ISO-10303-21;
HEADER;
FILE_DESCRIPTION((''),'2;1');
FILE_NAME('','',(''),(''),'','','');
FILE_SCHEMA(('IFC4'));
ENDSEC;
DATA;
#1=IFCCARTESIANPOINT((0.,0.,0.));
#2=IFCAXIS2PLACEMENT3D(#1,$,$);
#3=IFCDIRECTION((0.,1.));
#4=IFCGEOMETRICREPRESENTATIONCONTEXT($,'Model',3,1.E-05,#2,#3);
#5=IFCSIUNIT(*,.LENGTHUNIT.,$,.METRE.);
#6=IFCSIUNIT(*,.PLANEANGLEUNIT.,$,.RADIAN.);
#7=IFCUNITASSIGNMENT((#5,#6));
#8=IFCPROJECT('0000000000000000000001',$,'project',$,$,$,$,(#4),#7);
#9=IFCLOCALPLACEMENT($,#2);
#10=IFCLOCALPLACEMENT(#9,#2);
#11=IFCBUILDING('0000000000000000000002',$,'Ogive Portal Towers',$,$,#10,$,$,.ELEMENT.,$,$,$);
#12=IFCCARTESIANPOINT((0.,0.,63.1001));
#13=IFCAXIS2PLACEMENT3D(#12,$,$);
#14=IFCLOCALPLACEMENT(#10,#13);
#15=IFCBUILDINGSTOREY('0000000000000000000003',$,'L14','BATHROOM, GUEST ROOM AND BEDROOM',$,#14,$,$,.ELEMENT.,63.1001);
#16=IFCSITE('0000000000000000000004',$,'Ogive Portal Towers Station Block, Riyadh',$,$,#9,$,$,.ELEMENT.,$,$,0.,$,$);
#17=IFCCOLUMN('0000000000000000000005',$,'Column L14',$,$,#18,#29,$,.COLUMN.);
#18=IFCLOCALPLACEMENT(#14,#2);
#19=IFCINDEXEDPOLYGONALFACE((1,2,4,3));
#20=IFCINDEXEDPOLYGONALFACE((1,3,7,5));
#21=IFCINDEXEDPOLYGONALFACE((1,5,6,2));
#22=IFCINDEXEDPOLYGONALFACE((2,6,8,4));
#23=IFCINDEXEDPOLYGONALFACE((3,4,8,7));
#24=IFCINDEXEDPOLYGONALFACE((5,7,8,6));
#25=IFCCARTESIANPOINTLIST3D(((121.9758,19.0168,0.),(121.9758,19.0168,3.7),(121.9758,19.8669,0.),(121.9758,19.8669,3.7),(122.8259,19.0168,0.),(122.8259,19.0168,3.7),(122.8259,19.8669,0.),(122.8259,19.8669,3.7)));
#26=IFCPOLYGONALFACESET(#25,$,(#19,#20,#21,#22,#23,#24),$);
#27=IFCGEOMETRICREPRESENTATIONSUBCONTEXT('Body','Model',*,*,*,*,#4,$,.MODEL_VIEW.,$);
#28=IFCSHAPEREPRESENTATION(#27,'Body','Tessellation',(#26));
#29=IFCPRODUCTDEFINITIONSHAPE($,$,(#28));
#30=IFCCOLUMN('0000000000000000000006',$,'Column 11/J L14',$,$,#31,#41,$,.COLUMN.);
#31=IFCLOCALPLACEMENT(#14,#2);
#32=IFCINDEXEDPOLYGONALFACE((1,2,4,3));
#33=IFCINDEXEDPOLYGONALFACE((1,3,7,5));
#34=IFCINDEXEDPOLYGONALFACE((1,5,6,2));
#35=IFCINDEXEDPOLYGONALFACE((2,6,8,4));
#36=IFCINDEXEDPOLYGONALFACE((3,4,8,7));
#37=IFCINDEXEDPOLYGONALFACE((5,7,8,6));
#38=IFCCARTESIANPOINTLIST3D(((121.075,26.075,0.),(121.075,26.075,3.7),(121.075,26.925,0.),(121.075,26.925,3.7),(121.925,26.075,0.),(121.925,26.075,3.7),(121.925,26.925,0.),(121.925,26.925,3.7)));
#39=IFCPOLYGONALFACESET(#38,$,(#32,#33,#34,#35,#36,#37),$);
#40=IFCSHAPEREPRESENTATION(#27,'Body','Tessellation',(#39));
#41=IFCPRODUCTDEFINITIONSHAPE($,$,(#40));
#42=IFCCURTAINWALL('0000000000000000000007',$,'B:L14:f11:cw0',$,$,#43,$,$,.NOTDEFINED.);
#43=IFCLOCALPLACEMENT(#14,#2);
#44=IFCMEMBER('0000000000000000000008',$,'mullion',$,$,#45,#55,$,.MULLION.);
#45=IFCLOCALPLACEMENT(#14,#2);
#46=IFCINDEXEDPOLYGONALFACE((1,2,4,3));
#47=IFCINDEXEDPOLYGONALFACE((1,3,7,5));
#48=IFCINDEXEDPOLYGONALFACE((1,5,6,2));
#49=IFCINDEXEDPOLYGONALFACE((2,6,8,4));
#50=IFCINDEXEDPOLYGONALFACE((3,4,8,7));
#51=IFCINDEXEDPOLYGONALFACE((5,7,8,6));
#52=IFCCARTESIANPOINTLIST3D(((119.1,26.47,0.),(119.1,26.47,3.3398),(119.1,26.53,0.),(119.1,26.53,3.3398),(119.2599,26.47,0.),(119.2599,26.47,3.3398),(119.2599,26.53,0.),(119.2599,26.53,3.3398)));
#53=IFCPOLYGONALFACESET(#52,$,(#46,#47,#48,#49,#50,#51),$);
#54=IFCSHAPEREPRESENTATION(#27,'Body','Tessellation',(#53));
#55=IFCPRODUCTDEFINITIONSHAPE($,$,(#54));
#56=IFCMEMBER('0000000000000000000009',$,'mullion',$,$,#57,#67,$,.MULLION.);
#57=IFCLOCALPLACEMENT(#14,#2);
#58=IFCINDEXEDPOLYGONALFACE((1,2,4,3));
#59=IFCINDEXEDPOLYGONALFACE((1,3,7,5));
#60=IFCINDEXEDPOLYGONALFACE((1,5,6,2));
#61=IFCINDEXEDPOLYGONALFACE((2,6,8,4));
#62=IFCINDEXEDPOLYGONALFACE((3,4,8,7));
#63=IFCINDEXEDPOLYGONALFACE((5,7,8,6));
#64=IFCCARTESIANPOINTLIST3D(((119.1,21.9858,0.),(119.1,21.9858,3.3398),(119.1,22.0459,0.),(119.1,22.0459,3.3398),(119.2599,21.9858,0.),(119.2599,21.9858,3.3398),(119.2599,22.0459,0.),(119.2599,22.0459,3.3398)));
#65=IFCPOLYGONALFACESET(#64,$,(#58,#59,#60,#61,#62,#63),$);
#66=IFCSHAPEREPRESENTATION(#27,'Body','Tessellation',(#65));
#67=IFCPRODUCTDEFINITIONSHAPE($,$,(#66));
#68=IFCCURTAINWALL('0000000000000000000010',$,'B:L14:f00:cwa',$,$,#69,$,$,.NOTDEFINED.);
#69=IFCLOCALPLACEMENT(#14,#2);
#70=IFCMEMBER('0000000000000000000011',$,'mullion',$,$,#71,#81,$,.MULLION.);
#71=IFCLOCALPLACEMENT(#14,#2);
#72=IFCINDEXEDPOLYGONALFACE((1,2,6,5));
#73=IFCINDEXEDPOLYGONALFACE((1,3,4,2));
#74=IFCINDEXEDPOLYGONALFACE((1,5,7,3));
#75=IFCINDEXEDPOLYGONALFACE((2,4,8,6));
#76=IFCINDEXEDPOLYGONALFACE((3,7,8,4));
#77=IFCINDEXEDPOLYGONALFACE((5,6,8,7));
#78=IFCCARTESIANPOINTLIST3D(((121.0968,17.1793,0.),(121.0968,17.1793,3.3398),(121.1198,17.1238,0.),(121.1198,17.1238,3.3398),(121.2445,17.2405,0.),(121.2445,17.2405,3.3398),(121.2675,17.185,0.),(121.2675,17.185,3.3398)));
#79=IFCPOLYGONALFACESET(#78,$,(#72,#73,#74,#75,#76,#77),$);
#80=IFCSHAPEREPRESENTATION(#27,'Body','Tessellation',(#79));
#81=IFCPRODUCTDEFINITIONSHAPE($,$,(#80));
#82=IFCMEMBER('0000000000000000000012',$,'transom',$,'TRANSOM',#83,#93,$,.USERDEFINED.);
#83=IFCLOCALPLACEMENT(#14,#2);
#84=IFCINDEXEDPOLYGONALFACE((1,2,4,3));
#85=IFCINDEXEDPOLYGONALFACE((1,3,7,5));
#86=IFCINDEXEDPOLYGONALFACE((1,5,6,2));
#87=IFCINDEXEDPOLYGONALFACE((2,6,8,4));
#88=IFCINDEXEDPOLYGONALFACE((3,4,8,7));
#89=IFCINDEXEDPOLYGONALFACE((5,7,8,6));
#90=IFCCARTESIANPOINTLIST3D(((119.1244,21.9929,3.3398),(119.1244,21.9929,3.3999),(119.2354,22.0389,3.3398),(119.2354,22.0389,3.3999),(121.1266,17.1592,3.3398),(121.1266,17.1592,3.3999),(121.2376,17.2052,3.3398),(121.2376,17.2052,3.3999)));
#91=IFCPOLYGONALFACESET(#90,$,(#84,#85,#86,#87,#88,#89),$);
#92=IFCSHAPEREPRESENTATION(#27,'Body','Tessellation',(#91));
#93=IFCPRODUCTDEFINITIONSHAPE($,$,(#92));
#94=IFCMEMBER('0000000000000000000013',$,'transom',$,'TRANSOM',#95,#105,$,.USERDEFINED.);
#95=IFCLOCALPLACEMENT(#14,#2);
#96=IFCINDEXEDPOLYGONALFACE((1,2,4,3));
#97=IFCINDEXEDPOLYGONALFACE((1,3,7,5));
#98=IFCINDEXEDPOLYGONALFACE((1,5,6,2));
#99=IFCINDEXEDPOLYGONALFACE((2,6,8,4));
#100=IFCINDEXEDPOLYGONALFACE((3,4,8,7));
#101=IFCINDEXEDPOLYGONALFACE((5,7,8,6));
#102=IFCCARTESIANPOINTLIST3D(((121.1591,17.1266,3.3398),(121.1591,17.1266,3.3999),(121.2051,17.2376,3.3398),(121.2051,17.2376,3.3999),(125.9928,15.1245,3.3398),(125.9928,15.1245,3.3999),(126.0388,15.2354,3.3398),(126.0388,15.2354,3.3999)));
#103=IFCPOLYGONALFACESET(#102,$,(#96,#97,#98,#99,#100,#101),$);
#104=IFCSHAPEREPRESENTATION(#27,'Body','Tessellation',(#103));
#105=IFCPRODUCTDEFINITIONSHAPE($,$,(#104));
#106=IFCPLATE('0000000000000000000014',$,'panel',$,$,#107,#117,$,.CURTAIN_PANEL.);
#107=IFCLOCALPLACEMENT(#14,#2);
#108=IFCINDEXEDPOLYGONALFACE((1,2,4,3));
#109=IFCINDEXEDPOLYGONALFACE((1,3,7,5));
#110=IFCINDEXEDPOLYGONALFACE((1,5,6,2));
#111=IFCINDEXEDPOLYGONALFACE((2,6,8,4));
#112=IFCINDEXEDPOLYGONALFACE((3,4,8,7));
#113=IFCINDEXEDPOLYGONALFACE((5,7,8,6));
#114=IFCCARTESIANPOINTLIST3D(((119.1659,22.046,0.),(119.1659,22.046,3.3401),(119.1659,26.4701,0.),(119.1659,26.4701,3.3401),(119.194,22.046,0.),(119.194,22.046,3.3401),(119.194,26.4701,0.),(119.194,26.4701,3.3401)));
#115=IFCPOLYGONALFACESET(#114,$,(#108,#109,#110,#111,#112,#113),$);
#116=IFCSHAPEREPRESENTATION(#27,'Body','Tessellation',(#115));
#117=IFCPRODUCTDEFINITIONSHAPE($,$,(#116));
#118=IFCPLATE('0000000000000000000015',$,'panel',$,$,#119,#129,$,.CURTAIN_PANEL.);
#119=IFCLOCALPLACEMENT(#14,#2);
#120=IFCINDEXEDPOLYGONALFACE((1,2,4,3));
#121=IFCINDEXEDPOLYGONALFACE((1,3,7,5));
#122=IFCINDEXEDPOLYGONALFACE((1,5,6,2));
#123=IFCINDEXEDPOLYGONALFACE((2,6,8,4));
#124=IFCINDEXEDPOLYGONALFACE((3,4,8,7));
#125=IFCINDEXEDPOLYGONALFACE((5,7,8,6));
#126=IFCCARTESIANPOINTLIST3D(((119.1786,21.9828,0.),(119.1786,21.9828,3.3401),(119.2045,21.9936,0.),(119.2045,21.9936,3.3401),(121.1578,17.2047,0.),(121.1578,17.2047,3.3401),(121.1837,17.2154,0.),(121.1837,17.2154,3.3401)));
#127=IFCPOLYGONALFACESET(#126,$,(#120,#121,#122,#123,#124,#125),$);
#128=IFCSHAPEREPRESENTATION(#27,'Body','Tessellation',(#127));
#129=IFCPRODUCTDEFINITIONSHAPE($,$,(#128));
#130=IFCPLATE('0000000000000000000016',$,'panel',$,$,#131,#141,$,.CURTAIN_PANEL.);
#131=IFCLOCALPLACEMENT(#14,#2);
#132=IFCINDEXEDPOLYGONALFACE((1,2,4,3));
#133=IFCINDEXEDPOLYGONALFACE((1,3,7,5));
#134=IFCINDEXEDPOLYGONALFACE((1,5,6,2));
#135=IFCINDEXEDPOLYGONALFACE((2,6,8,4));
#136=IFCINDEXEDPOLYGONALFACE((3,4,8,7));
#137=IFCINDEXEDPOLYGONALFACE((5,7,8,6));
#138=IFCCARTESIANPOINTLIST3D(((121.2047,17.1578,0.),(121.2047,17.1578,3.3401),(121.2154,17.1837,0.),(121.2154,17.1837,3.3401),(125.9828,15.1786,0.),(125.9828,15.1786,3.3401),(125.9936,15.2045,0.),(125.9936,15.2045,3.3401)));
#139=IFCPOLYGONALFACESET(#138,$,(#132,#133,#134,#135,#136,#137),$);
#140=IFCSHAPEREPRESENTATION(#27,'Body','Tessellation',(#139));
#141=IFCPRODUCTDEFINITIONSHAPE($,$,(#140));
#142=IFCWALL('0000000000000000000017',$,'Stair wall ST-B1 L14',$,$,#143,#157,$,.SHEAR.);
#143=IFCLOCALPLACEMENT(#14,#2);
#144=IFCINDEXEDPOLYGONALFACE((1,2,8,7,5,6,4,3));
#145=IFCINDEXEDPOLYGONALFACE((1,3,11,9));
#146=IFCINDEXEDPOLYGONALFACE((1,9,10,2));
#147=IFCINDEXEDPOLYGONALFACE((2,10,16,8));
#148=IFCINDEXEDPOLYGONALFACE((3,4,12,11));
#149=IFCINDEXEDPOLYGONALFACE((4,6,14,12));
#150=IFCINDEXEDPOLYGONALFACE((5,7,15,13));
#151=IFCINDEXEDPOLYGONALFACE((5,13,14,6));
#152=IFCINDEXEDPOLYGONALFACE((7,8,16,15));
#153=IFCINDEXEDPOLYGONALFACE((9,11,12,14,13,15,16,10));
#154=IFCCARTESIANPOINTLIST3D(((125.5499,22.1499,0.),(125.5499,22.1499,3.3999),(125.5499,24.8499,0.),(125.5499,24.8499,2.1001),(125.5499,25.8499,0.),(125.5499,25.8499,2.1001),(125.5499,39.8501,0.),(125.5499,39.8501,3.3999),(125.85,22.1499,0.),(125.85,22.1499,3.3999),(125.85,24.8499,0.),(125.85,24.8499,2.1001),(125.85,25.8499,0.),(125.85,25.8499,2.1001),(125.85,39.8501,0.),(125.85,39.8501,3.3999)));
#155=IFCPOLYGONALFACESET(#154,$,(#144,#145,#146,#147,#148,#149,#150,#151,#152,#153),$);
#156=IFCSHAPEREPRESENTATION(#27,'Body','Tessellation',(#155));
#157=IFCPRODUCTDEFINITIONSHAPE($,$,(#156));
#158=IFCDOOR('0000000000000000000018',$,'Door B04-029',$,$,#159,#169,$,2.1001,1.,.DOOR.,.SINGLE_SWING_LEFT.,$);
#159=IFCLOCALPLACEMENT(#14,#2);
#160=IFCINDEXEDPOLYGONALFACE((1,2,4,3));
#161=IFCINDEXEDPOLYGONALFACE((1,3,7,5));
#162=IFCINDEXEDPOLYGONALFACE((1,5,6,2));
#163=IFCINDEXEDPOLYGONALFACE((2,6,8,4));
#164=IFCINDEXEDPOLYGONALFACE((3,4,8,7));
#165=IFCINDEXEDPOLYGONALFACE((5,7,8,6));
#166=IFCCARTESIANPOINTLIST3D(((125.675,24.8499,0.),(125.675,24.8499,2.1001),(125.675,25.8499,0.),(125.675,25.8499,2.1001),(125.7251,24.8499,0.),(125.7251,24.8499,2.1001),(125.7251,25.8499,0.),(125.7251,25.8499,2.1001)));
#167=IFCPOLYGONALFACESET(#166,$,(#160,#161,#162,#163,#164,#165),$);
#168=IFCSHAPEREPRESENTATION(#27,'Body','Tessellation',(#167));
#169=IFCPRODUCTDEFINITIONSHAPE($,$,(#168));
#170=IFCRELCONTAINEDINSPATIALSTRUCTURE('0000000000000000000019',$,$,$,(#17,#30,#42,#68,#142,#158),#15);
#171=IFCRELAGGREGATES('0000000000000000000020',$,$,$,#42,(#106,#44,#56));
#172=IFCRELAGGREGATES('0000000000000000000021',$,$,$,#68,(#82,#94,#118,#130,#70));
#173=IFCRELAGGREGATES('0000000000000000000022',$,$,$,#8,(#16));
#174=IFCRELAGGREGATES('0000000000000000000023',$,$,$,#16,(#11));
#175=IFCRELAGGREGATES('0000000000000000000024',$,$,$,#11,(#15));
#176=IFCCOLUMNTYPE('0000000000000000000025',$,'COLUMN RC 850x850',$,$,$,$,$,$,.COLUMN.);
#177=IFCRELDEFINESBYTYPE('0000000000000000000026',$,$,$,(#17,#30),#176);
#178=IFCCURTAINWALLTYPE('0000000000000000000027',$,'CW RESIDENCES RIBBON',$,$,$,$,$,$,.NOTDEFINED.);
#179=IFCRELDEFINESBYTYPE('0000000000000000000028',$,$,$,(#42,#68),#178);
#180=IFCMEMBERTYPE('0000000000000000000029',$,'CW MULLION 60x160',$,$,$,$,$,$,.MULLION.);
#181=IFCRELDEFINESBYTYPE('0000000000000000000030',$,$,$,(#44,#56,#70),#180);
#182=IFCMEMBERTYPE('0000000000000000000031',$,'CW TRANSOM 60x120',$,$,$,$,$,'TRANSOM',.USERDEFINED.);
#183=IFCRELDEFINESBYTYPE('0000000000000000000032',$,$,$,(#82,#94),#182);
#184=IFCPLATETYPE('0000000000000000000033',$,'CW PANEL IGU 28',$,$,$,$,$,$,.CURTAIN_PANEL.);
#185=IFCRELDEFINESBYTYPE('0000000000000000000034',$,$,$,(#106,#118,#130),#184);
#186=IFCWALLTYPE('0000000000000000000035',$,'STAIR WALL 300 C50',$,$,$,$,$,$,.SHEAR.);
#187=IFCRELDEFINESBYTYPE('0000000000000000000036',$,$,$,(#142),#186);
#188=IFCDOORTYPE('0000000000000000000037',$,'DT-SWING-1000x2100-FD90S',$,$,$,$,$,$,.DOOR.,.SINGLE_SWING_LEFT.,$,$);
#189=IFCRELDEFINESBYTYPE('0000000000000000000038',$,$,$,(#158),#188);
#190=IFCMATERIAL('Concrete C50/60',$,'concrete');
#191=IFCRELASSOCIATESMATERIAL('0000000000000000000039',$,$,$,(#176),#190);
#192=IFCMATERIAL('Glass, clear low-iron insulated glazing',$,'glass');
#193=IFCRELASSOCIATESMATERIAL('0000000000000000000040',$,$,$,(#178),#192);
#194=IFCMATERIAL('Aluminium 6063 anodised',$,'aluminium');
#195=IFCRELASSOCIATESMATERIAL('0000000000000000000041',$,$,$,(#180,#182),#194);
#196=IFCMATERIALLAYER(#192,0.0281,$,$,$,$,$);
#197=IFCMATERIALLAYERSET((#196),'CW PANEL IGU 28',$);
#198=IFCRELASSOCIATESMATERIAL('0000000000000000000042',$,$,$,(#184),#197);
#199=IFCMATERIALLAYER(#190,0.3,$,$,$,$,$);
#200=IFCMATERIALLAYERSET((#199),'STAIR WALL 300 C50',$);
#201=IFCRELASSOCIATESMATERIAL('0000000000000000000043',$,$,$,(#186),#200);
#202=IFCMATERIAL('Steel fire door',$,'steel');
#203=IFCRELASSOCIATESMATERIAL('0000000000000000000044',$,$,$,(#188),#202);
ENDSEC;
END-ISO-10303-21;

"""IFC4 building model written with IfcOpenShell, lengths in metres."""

from ifc_helpers import new_model, si_unit, direction, frame, frame_2d, origin, origin_2d, place, context, subcontext, project, spatial, rectangle, extrude, material, layer, layer_set, material_profile, profile_set, type_object, element, fill, aggregate, save


model = new_model("IFC4")

# Units and contexts
model_context = context("Model", 3, precision=1e-05, world=origin(), true_north=direction((0.0, 1.0)))
body_context = subcontext(model_context, "Body", "Model", "MODEL_VIEW")
ifc_project = project(units=[si_unit("LENGTHUNIT", "METRE"), si_unit("PLANEANGLEUNIT", "RADIAN")], contexts=[model_context])

# Site, building, storey
site_placement = place(None, origin())
site = spatial("IfcSite", under=ifc_project, at=site_placement, Name="Ogive Portal Towers Station Block, Riyadh", CompositionType="ELEMENT", RefElevation=0.0)
building_placement = place(site_placement, origin())
building = spatial("IfcBuilding", under=site, at=building_placement, Name="Ogive Portal Towers", CompositionType="ELEMENT")
storey_placement = place(building_placement, frame((0.0, 0.0, 63.1001)))
storey = spatial("IfcBuildingStorey", under=building, at=storey_placement, Name="L14", Description="BATHROOM, GUEST ROOM AND BEDROOM", CompositionType="ELEMENT", Elevation=63.1001)

# Columns
ifc_material_1 = material(Name="Concrete C50/60", Category="concrete")
ifc_material_profile_1 = material_profile(ifc_material_1, rectangle(XDim=0.8501, YDim=0.8501, at=origin_2d()), Name="RC 850x850")
ifc_profile_set_1 = profile_set([ifc_material_profile_1], Name="Concrete C50/60")
column_type = type_object("IfcColumnType", Name="COLUMN RC 850x850", PredefinedType="COLUMN", material=ifc_profile_set_1)
for number, where, z_axis, x_axis, name in (
    (1, (122.4009, 19.4419, 0.0), (0.0, 0.0, 1.0), (1.0, 0.0, 0.0), "Column L14"),
    (2, (121.5, 26.5, 0.0), (0.0, 0.0, 1.0), (1.0, 0.0, 0.0), "Column 11/J L14"),
):
    element("IfcColumn", number, at=place(storey_placement, frame(where, z_axis=z_axis, x_axis=x_axis)), inside=storey, type_object=column_type, Name=name, PredefinedType="COLUMN", context=body_context, shape_type="SweptSolid", body=[
        extrude(rectangle(XDim=0.8501, YDim=0.8501, at=origin_2d()), origin(), (0.0, 0.0, 1.0), 3.7),
    ])

# Curtain walls, members
ifc_material_2 = material(Name="Glass, clear low-iron insulated glazing", Category="glass")
curtain_wall_type = type_object("IfcCurtainWallType", Name="CW RESIDENCES RIBBON", PredefinedType="NOTDEFINED", material=ifc_material_2)
curtain_wall_1_placement = place(storey_placement, origin())
curtain_wall_1 = element("IfcCurtainWall", 3, at=curtain_wall_1_placement, inside=storey, type_object=curtain_wall_type, Name="B:L14:f11:cw0", PredefinedType="NOTDEFINED")
ifc_material_3 = material(Name="Aluminium 6063 anodised", Category="aluminium")
ifc_material_profile_2 = material_profile(ifc_material_3, rectangle(XDim=0.1599, YDim=0.0601, at=origin_2d()), Name="AL 60x160")
ifc_profile_set_2 = profile_set([ifc_material_profile_2], Name="Aluminium 6063 anodised")
member_type_1 = type_object("IfcMemberType", Name="CW MULLION 60x160", PredefinedType="MULLION", material=ifc_profile_set_2)
member_1_placement = place(storey_placement, frame((119.1799, 26.5, 0.0), z_axis=(0.0, 0.0, 1.0), x_axis=(1.0, 0.0, 0.0)))
member_1 = element("IfcMember", 4, at=member_1_placement, type_object=member_type_1, Name="mullion", PredefinedType="MULLION", context=body_context, shape_type="SweptSolid", body=[
    extrude(rectangle(XDim=0.1599, YDim=0.0601, at=origin_2d()), origin(), (0.0, 0.0, 1.0), 3.3398),
])
member_2_placement = place(storey_placement, frame((119.1799, 22.0159, 0.0), z_axis=(0.0, 0.0, 1.0), x_axis=(1.0, 0.0, 0.0)))
member_2 = element("IfcMember", 5, at=member_2_placement, type_object=member_type_1, Name="mullion", PredefinedType="MULLION", context=body_context, shape_type="SweptSolid", body=[
    extrude(rectangle(XDim=0.1599, YDim=0.0601, at=origin_2d()), origin(), (0.0, 0.0, 1.0), 3.3398),
])
curtain_wall_2_placement = place(storey_placement, origin())
curtain_wall_2 = element("IfcCurtainWall", 6, at=curtain_wall_2_placement, inside=storey, type_object=curtain_wall_type, Name="B:L14:f00:cwa", PredefinedType="NOTDEFINED")
member_3_placement = place(storey_placement, frame((121.1821, 17.1821, 0.0), z_axis=(0.0, 0.0, 1.0), x_axis=(0.92388, 0.382683, 0.0)))
member_3 = element("IfcMember", 7, at=member_3_placement, type_object=member_type_1, Name="mullion", PredefinedType="MULLION", context=body_context, shape_type="SweptSolid", body=[
    extrude(rectangle(XDim=0.1599, YDim=0.0601, at=origin_2d()), origin(), (0.0, 0.0, 1.0), 3.3398),
])
ifc_material_profile_3 = material_profile(ifc_material_3, rectangle(XDim=0.1201, YDim=0.0601, at=origin_2d()), Name="AL 120x60")
ifc_profile_set_3 = profile_set([ifc_material_profile_3], Name="Aluminium 6063 anodised")
member_type_2 = type_object("IfcMemberType", Name="CW TRANSOM 60x120", ElementType="TRANSOM", PredefinedType="USERDEFINED", material=ifc_profile_set_3)
member_4_placement = place(storey_placement, frame((119.1799, 22.0159, 3.3699), z_axis=(0.382683, -0.92388, 0.0), x_axis=(0.92388, 0.382683, 0.0)))
member_4 = element("IfcMember", 8, at=member_4_placement, type_object=member_type_2, Name="transom", ObjectType="TRANSOM", PredefinedType="USERDEFINED", context=body_context, shape_type="SweptSolid", body=[
    extrude(rectangle(XDim=0.1201, YDim=0.0601, at=origin_2d()), origin(), (0.0, 0.0, 1.0), 5.2319),
])
member_5_placement = place(storey_placement, frame((121.1821, 17.1821, 3.3699), z_axis=(0.92388, -0.382683, 0.0), x_axis=(0.382683, 0.92388, 0.0)))
member_5 = element("IfcMember", 9, at=member_5_placement, type_object=member_type_2, Name="transom", ObjectType="TRANSOM", PredefinedType="USERDEFINED", context=body_context, shape_type="SweptSolid", body=[
    extrude(rectangle(XDim=0.1201, YDim=0.0601, at=origin_2d()), origin(), (0.0, 0.0, 1.0), 5.2319),
])

# Plates
ifc_layer_1 = layer(ifc_material_2, 0.0281)
ifc_layer_set_1 = layer_set([ifc_layer_1], Name="CW PANEL IGU 28")
plate_type = type_object("IfcPlateType", Name="CW PANEL IGU 28", PredefinedType="CURTAIN_PANEL", material=ifc_layer_set_1)
plate_1_placement = place(storey_placement, frame((119.1799, 24.2581, 0.0), z_axis=(0.0, 0.0, 1.0), x_axis=(0.0, -1.0, 0.0)))
plate_1 = element("IfcPlate", 10, at=plate_1_placement, type_object=plate_type, Name="panel", PredefinedType="CURTAIN_PANEL", context=body_context, shape_type="SweptSolid", body=[
    extrude(rectangle(XDim=4.4241, YDim=0.0281, at=origin_2d()), origin(), (0.0, 0.0, 1.0), 3.3401),
])
aggregate(curtain_wall_1, [plate_1, member_1, member_2])
plate_2_placement = place(storey_placement, frame((120.1812, 19.5991, 0.0), z_axis=(0.0, 0.0, 1.0), x_axis=(0.382683, -0.92388, 0.0)))
plate_2 = element("IfcPlate", 11, at=plate_2_placement, type_object=plate_type, Name="panel", PredefinedType="CURTAIN_PANEL", context=body_context, shape_type="SweptSolid", body=[
    extrude(rectangle(XDim=5.1719, YDim=0.0281, at=origin_2d()), origin(), (0.0, 0.0, 1.0), 3.3401),
])
plate_3_placement = place(storey_placement, frame((123.5991, 16.1812, 0.0), z_axis=(0.0, 0.0, 1.0), x_axis=(0.92388, -0.382683, 0.0)))
plate_3 = element("IfcPlate", 12, at=plate_3_placement, type_object=plate_type, Name="panel", PredefinedType="CURTAIN_PANEL", context=body_context, shape_type="SweptSolid", body=[
    extrude(rectangle(XDim=5.1719, YDim=0.0281, at=origin_2d()), origin(), (0.0, 0.0, 1.0), 3.3401),
])
aggregate(curtain_wall_2, [member_4, member_5, plate_2, plate_3, member_3])

# Wall, opening, door
ifc_layer_2 = layer(ifc_material_1, 0.3)
ifc_layer_set_2 = layer_set([ifc_layer_2], Name="STAIR WALL 300 C50")
wall_type_1 = type_object("IfcWallType", Name="STAIR WALL 300 C50", PredefinedType="SHEAR", material=ifc_layer_set_2)
wall_1_placement = place(storey_placement, frame((125.7, 22.1499, 0.0), z_axis=(0.0, 0.0, 1.0), x_axis=(0.0, 1.0, 0.0)))
wall_1 = element("IfcWall", 13, at=wall_1_placement, inside=storey, type_object=wall_type_1, Name="Stair wall ST-B1 L14", PredefinedType="SHEAR", context=body_context, shape_type="SweptSolid", body=[
    extrude(rectangle(XDim=17.7002, YDim=0.3, at=frame_2d((8.8501, 0.0))), origin(), (0.0, 0.0, 1.0), 3.3999),
])
opening_1_placement = place(wall_1_placement, frame((2.7, 0.0, 0.0)))
opening_1 = element("IfcOpeningElement", 14, at=opening_1_placement, cuts=wall_1, PredefinedType="OPENING", context=body_context, shape_type="SweptSolid", body=[
    extrude(rectangle(XDim=1.0, YDim=2.1001, at=frame_2d((0.5, 1.05))), frame((0.0, 0.1602, 0.0), z_axis=(0.0, -1.0, 0.0), x_axis=(1.0, 0.0, 0.0)), (0.0, 0.0, 1.0), 0.3201),
])
ifc_material_4 = material(Name="Steel fire door", Category="steel")
door_type_1 = type_object("IfcDoorType", Name="DT-SWING-1000x2100-FD90S", OperationType="SINGLE_SWING_LEFT", PredefinedType="DOOR", material=ifc_material_4)
door_1_placement = place(opening_1_placement, origin())
door_1 = element("IfcDoor", 15, at=door_1_placement, inside=storey, type_object=door_type_1, Name="Door B04-029", OperationType="SINGLE_SWING_LEFT", OverallHeight=2.1001, OverallWidth=1.0, PredefinedType="DOOR", context=body_context, shape_type="SweptSolid", body=[
    extrude(rectangle(XDim=1.0, YDim=2.1001, at=frame_2d((0.5, 1.05))), frame((0.0, 0.0249, 0.0), z_axis=(0.0, -1.0, 0.0), x_axis=(1.0, 0.0, 0.0)), (0.0, 0.0, 1.0), 0.05),
])
fill(opening_1, door_1)

save(model, "model.ifc")
